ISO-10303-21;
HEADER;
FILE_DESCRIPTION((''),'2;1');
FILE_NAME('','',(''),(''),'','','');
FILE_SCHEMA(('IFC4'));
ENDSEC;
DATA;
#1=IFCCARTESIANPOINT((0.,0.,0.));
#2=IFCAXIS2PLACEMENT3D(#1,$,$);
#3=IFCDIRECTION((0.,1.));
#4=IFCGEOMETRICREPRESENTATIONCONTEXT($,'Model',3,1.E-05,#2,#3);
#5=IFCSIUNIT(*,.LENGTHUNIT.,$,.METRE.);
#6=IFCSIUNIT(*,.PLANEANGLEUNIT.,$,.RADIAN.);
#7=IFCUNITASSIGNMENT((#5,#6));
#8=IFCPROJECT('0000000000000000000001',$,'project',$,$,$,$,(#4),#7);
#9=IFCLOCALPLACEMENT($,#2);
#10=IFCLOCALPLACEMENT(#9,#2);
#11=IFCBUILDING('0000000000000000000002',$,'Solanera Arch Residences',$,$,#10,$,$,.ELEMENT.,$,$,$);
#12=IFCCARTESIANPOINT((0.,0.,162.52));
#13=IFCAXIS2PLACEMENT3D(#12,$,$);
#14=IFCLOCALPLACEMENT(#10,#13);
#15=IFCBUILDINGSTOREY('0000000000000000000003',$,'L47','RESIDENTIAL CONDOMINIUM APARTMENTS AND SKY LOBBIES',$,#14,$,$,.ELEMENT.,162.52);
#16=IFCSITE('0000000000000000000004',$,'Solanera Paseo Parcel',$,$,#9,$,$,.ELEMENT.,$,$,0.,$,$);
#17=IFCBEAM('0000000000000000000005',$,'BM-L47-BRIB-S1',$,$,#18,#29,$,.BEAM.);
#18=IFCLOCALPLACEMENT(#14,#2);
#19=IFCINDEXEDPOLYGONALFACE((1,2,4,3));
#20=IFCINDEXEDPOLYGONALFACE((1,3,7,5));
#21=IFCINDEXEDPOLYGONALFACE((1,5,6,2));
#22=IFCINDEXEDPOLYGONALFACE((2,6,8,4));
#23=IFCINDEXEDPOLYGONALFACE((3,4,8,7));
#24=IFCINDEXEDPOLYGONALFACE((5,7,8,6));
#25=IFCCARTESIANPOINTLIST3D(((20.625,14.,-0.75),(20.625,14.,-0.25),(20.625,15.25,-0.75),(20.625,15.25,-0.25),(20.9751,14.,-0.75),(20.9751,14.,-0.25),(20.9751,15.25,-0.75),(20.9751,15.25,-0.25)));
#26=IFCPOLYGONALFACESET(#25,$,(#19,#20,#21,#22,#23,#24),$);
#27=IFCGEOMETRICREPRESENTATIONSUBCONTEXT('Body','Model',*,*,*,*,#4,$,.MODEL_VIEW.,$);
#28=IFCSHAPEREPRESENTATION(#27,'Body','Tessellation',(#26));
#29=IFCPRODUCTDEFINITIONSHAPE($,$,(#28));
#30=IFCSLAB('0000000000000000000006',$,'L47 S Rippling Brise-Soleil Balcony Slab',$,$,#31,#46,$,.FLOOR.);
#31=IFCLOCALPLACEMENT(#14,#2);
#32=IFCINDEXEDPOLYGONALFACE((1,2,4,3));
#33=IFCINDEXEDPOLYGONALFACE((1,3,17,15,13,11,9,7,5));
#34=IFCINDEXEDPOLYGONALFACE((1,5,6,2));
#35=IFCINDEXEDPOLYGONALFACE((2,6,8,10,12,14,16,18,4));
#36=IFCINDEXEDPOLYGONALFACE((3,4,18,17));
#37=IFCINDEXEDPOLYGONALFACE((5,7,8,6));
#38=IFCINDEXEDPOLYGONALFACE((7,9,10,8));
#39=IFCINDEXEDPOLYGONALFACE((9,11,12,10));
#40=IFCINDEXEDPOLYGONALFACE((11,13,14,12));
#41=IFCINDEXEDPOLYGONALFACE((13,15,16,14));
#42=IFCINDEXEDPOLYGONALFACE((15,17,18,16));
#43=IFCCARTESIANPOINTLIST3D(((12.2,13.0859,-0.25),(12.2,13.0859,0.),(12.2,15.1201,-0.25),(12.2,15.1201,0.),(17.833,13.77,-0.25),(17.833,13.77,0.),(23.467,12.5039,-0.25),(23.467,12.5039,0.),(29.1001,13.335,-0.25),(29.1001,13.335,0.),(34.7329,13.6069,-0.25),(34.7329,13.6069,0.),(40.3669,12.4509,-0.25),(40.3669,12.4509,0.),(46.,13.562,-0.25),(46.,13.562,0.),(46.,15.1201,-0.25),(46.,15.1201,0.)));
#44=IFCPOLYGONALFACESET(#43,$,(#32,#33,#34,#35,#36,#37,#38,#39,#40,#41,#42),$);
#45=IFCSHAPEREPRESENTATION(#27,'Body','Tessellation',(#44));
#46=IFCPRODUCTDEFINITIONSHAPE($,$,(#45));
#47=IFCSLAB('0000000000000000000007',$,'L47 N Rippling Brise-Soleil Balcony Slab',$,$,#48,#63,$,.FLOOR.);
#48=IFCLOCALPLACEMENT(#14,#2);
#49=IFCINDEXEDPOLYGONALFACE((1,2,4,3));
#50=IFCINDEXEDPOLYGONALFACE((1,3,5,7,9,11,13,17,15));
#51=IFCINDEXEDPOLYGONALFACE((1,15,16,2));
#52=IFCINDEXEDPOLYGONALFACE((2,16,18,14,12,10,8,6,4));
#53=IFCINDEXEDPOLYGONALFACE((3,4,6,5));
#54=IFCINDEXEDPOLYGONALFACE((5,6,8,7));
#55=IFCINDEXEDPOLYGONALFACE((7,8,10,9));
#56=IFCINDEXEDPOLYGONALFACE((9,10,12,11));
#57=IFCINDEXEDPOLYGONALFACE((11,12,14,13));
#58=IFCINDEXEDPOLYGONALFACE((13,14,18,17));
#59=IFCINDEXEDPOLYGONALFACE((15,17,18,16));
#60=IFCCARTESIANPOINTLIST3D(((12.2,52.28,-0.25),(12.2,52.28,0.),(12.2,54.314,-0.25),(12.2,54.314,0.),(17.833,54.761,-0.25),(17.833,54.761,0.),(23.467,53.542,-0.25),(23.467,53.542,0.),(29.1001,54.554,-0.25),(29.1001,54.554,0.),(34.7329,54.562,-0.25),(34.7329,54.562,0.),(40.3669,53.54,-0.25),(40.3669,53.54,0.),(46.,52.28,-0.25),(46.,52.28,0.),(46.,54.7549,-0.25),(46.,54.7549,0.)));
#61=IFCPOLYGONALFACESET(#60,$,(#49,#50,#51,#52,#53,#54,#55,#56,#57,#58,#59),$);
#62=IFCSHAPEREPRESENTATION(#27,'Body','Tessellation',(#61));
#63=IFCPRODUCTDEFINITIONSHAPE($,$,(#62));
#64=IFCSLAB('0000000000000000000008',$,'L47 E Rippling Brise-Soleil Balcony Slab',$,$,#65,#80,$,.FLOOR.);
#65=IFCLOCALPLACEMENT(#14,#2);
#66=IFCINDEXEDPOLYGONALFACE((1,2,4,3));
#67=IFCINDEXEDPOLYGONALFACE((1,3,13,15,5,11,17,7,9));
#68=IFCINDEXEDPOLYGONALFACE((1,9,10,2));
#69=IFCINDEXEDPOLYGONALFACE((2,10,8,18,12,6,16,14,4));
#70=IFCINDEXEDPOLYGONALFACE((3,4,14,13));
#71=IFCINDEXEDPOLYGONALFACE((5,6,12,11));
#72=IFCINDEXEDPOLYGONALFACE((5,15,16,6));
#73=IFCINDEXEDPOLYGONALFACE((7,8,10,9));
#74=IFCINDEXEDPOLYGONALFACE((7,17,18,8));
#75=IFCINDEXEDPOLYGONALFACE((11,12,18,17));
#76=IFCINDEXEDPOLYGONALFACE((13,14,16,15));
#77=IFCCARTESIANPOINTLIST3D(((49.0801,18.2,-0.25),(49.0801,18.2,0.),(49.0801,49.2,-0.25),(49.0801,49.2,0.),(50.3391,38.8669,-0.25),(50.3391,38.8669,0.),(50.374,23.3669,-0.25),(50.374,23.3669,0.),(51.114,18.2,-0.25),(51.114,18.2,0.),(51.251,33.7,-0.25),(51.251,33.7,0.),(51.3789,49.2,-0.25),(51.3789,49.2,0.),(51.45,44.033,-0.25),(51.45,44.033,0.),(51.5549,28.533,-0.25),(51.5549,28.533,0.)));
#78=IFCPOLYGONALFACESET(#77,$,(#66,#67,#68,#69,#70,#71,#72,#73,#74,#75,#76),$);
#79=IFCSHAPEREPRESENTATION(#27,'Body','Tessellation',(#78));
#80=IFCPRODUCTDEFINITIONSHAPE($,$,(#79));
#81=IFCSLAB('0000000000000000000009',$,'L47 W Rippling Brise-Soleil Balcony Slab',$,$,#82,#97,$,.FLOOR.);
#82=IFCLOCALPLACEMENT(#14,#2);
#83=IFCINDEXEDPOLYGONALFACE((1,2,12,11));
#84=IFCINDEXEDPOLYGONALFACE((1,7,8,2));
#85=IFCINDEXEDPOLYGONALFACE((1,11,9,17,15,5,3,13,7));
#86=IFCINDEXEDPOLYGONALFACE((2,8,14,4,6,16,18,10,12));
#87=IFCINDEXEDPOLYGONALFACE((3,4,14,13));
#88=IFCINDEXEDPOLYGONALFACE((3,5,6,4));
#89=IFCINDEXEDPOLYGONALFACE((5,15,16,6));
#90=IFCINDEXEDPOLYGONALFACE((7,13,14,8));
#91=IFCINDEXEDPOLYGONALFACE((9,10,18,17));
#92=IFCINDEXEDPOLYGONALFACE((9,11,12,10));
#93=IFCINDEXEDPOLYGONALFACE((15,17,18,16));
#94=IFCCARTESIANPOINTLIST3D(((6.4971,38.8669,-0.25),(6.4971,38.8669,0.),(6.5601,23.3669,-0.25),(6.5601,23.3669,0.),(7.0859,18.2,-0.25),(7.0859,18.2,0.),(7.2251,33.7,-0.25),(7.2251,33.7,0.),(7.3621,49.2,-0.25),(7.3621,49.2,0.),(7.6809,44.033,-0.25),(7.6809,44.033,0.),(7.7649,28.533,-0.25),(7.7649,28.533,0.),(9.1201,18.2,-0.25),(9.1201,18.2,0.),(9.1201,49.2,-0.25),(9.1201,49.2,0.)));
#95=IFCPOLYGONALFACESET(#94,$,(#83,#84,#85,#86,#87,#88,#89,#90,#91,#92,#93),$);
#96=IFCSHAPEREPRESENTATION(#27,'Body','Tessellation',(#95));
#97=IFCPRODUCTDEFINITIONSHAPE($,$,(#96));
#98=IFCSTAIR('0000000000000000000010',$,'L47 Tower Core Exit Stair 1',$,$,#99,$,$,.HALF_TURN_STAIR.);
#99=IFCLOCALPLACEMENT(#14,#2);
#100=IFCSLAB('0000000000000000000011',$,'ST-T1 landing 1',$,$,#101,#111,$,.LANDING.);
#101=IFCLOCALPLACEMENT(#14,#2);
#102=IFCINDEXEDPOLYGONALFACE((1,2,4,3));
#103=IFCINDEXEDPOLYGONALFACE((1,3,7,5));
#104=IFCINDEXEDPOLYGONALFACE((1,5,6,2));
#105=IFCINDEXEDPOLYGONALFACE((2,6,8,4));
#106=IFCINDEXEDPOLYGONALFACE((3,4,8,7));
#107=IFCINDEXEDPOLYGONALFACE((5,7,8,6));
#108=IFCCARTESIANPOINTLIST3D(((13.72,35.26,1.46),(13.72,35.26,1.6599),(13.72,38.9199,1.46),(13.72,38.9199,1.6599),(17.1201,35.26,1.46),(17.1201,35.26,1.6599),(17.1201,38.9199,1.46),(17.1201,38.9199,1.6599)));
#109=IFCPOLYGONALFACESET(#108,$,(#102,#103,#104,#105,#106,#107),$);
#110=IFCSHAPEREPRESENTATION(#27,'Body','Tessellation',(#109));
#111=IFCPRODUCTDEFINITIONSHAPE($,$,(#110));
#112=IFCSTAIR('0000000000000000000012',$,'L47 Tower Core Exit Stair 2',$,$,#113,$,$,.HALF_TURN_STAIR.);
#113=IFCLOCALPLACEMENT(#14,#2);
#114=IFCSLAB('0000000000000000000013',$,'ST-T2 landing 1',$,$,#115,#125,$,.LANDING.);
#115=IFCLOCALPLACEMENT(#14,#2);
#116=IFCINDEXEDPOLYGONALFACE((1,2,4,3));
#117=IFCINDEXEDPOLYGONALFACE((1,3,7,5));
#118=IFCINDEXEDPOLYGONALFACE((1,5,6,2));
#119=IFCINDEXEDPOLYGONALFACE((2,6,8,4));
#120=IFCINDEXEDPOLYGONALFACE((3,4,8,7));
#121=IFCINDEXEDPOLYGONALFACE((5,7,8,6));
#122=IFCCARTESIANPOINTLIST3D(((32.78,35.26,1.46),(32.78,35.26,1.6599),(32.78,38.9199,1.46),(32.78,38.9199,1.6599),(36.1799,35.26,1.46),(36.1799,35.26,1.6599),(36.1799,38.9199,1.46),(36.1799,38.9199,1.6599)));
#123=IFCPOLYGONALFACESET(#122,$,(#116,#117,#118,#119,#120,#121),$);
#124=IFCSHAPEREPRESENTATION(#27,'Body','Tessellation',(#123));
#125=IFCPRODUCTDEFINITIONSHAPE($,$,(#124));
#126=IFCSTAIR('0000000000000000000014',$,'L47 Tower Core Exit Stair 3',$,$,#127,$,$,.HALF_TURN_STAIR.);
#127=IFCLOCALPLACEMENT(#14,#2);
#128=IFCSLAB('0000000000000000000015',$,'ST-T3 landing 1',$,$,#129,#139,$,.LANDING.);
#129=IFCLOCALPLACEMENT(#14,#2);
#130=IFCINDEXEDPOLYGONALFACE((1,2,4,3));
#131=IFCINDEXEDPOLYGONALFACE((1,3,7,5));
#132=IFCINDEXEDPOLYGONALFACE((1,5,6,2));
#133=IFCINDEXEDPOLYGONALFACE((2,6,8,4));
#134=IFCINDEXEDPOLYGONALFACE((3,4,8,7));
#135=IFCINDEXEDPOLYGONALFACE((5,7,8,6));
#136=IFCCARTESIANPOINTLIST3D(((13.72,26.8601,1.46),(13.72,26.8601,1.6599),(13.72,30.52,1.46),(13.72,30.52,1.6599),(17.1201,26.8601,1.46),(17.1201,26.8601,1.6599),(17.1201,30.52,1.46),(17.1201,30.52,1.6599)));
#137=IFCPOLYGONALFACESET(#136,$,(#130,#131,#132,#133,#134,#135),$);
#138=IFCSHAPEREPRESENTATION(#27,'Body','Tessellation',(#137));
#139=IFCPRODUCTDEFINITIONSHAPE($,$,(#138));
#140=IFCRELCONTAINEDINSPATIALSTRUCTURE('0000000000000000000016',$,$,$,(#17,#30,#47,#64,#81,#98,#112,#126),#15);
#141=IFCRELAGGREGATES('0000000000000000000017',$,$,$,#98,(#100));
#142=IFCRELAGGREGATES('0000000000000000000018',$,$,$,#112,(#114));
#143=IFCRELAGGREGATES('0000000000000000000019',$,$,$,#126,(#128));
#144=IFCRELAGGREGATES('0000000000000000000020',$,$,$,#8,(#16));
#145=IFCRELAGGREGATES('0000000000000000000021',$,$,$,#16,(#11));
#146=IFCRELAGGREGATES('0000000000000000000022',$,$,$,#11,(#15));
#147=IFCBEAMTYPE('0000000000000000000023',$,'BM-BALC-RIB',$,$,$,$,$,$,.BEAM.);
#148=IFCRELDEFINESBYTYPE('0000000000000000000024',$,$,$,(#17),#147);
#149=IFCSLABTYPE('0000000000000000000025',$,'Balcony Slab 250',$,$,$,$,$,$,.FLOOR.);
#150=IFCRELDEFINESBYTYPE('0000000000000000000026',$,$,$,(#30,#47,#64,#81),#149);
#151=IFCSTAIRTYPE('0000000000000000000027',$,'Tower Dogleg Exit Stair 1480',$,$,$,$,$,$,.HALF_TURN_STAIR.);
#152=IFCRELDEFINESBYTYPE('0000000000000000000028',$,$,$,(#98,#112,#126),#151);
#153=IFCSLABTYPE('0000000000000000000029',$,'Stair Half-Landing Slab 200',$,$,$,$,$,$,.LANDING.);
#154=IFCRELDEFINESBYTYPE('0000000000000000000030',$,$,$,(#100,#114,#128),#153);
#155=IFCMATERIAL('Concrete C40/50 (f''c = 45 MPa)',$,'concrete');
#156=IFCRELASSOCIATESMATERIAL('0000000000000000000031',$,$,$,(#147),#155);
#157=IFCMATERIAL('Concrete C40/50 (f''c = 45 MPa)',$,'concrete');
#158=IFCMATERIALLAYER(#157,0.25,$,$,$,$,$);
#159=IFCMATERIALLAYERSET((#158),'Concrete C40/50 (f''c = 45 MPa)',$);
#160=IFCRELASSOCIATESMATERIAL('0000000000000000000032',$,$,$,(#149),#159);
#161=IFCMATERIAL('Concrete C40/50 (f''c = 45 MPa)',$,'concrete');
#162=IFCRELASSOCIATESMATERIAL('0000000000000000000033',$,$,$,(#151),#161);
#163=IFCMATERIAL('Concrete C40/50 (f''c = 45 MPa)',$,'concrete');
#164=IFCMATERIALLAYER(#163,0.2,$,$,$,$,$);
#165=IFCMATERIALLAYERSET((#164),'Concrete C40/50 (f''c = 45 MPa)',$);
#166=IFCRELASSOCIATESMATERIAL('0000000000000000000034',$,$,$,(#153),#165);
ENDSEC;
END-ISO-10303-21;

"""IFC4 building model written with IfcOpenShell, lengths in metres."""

from ifc_helpers import new_model, si_unit, direction, frame, origin, origin_2d, place, context, subcontext, project, spatial, polyline, rectangle, outline, extrude, material, layer, layer_set, material_profile, profile_set, type_object, element, aggregate, save


model = new_model("IFC4")

# Units and contexts
model_context = context("Model", 3, precision=1e-05, world=origin(), true_north=direction((0.0, 1.0)))
body_context = subcontext(model_context, "Body", "Model", "MODEL_VIEW")
ifc_project = project(units=[si_unit("LENGTHUNIT", "METRE"), si_unit("PLANEANGLEUNIT", "RADIAN")], contexts=[model_context])

# Site, building, storey
site_placement = place(None, origin())
site = spatial("IfcSite", under=ifc_project, at=site_placement, Name="Solanera Paseo Parcel", CompositionType="ELEMENT", RefElevation=0.0)
building_placement = place(site_placement, origin())
building = spatial("IfcBuilding", under=site, at=building_placement, Name="Solanera Arch Residences", CompositionType="ELEMENT")
storey_placement = place(building_placement, frame((0.0, 0.0, 162.52)))
storey = spatial("IfcBuildingStorey", under=building, at=storey_placement, Name="L47", Description="RESIDENTIAL CONDOMINIUM APARTMENTS AND SKY LOBBIES", CompositionType="ELEMENT", Elevation=162.52)

# Beam
ifc_material_1 = material(Name="Concrete C40/50 (f'c = 45 MPa)", Category="concrete")
ifc_material_profile = material_profile(ifc_material_1, rectangle(XDim=0.3501, YDim=0.5, at=origin_2d()))
ifc_profile_set = profile_set([ifc_material_profile], Name="Concrete C40/50 (f'c = 45 MPa)")
beam_type = type_object("IfcBeamType", Name="BM-BALC-RIB", PredefinedType="BEAM", material=ifc_profile_set)
beam_placement = place(storey_placement, frame((20.8, 14.0, -0.5), z_axis=(0.0, 1.0, 0.0), x_axis=(-1.0, 0.0, 0.0)))
element("IfcBeam", 1, at=beam_placement, inside=storey, type_object=beam_type, Name="BM-L47-BRIB-S1", PredefinedType="BEAM", context=body_context, shape_type="SweptSolid", body=[
    extrude(rectangle(XDim=0.3501, YDim=0.5, at=origin_2d()), origin(), (0.0, 0.0, 1.0), 1.25),
])

# Slabs
ifc_material_2 = material(Name="Concrete C40/50 (f'c = 45 MPa)", Category="concrete")
ifc_layer_1 = layer(ifc_material_2, 0.25)
ifc_layer_set_1 = layer_set([ifc_layer_1], Name="Concrete C40/50 (f'c = 45 MPa)")
slab_type_1 = type_object("IfcSlabType", Name="Balcony Slab 250", PredefinedType="FLOOR", material=ifc_layer_set_1)
slab_1_placement = place(storey_placement, frame((0.0, 0.0, -0.25)))
element("IfcSlab", 2, at=slab_1_placement, inside=storey, type_object=slab_type_1, Name="L47 S Rippling Brise-Soleil Balcony Slab", PredefinedType="FLOOR", context=body_context, shape_type="SweptSolid", body=[
    extrude(outline(polyline([(12.2, 13.0859), (17.833, 13.77), (23.467, 12.5039), (29.1001, 13.335), (34.7329, 13.6069), (40.3669, 12.4509), (46.0, 13.562), (46.0, 15.1201), (12.2, 15.1201), (12.2, 13.0859)])), origin(), (0.0, 0.0, 1.0), 0.25),
])
slab_2_placement = place(storey_placement, frame((0.0, 0.0, -0.25)))
element("IfcSlab", 3, at=slab_2_placement, inside=storey, type_object=slab_type_1, Name="L47 N Rippling Brise-Soleil Balcony Slab", PredefinedType="FLOOR", context=body_context, shape_type="SweptSolid", body=[
    extrude(outline(polyline([(46.0, 54.7549), (40.3669, 53.54), (34.7329, 54.562), (29.1001, 54.554), (23.467, 53.542), (17.833, 54.761), (12.2, 54.314), (12.2, 52.28), (46.0, 52.28), (46.0, 54.7549)])), origin(), (0.0, 0.0, 1.0), 0.25),
])
slab_3_placement = place(storey_placement, frame((0.0, 0.0, -0.25)))
element("IfcSlab", 4, at=slab_3_placement, inside=storey, type_object=slab_type_1, Name="L47 E Rippling Brise-Soleil Balcony Slab", PredefinedType="FLOOR", context=body_context, shape_type="SweptSolid", body=[
    extrude(outline(polyline([(51.114, 18.2), (50.374, 23.3669), (51.5549, 28.533), (51.251, 33.7), (50.3391, 38.8669), (51.45, 44.033), (51.3789, 49.2), (49.0801, 49.2), (49.0801, 18.2), (51.114, 18.2)])), origin(), (0.0, 0.0, 1.0), 0.25),
])
slab_4_placement = place(storey_placement, frame((0.0, 0.0, -0.25)))
element("IfcSlab", 5, at=slab_4_placement, inside=storey, type_object=slab_type_1, Name="L47 W Rippling Brise-Soleil Balcony Slab", PredefinedType="FLOOR", context=body_context, shape_type="SweptSolid", body=[
    extrude(outline(polyline([(7.3621, 49.2), (7.6809, 44.033), (6.4971, 38.8669), (7.2251, 33.7), (7.7649, 28.533), (6.5601, 23.3669), (7.0859, 18.2), (9.1201, 18.2), (9.1201, 49.2), (7.3621, 49.2)])), origin(), (0.0, 0.0, 1.0), 0.25),
])

# Stairs, slabs
ifc_material_3 = material(Name="Concrete C40/50 (f'c = 45 MPa)", Category="concrete")
stair_type = type_object("IfcStairType", Name="Tower Dogleg Exit Stair 1480", PredefinedType="HALF_TURN_STAIR", material=ifc_material_3)
stair_1_placement = place(storey_placement, origin())
stair_1 = element("IfcStair", 6, at=stair_1_placement, inside=storey, type_object=stair_type, Name="L47 Tower Core Exit Stair 1", PredefinedType="HALF_TURN_STAIR")
ifc_material_4 = material(Name="Concrete C40/50 (f'c = 45 MPa)", Category="concrete")
ifc_layer_2 = layer(ifc_material_4, 0.2)
ifc_layer_set_2 = layer_set([ifc_layer_2], Name="Concrete C40/50 (f'c = 45 MPa)")
slab_type_2 = type_object("IfcSlabType", Name="Stair Half-Landing Slab 200", PredefinedType="LANDING", material=ifc_layer_set_2)
slab_5_placement = place(storey_placement, frame((0.0, 0.0, 1.46)))
slab_5 = element("IfcSlab", 7, at=slab_5_placement, type_object=slab_type_2, Name="ST-T1 landing 1", PredefinedType="LANDING", context=body_context, shape_type="SweptSolid", body=[
    extrude(outline(polyline([(17.1201, 35.26), (17.1201, 38.9199), (13.72, 38.9199), (13.72, 35.26), (17.1201, 35.26)])), origin(), (0.0, 0.0, 1.0), 0.2),
])
aggregate(stair_1, [slab_5])
stair_2_placement = place(storey_placement, origin())
stair_2 = element("IfcStair", 8, at=stair_2_placement, inside=storey, type_object=stair_type, Name="L47 Tower Core Exit Stair 2", PredefinedType="HALF_TURN_STAIR")
slab_6_placement = place(storey_placement, frame((0.0, 0.0, 1.46)))
slab_6 = element("IfcSlab", 9, at=slab_6_placement, type_object=slab_type_2, Name="ST-T2 landing 1", PredefinedType="LANDING", context=body_context, shape_type="SweptSolid", body=[
    extrude(outline(polyline([(36.1799, 35.26), (36.1799, 38.9199), (32.78, 38.9199), (32.78, 35.26), (36.1799, 35.26)])), origin(), (0.0, 0.0, 1.0), 0.2),
])
aggregate(stair_2, [slab_6])
stair_3_placement = place(storey_placement, origin())
stair_3 = element("IfcStair", 10, at=stair_3_placement, inside=storey, type_object=stair_type, Name="L47 Tower Core Exit Stair 3", PredefinedType="HALF_TURN_STAIR")
slab_7_placement = place(storey_placement, frame((0.0, 0.0, 1.46)))
slab_7 = element("IfcSlab", 11, at=slab_7_placement, type_object=slab_type_2, Name="ST-T3 landing 1", PredefinedType="LANDING", context=body_context, shape_type="SweptSolid", body=[
    extrude(outline(polyline([(17.1201, 26.8601), (17.1201, 30.52), (13.72, 30.52), (13.72, 26.8601), (17.1201, 26.8601)])), origin(), (0.0, 0.0, 1.0), 0.2),
])
aggregate(stair_3, [slab_7])

save(model, "model.ifc")
